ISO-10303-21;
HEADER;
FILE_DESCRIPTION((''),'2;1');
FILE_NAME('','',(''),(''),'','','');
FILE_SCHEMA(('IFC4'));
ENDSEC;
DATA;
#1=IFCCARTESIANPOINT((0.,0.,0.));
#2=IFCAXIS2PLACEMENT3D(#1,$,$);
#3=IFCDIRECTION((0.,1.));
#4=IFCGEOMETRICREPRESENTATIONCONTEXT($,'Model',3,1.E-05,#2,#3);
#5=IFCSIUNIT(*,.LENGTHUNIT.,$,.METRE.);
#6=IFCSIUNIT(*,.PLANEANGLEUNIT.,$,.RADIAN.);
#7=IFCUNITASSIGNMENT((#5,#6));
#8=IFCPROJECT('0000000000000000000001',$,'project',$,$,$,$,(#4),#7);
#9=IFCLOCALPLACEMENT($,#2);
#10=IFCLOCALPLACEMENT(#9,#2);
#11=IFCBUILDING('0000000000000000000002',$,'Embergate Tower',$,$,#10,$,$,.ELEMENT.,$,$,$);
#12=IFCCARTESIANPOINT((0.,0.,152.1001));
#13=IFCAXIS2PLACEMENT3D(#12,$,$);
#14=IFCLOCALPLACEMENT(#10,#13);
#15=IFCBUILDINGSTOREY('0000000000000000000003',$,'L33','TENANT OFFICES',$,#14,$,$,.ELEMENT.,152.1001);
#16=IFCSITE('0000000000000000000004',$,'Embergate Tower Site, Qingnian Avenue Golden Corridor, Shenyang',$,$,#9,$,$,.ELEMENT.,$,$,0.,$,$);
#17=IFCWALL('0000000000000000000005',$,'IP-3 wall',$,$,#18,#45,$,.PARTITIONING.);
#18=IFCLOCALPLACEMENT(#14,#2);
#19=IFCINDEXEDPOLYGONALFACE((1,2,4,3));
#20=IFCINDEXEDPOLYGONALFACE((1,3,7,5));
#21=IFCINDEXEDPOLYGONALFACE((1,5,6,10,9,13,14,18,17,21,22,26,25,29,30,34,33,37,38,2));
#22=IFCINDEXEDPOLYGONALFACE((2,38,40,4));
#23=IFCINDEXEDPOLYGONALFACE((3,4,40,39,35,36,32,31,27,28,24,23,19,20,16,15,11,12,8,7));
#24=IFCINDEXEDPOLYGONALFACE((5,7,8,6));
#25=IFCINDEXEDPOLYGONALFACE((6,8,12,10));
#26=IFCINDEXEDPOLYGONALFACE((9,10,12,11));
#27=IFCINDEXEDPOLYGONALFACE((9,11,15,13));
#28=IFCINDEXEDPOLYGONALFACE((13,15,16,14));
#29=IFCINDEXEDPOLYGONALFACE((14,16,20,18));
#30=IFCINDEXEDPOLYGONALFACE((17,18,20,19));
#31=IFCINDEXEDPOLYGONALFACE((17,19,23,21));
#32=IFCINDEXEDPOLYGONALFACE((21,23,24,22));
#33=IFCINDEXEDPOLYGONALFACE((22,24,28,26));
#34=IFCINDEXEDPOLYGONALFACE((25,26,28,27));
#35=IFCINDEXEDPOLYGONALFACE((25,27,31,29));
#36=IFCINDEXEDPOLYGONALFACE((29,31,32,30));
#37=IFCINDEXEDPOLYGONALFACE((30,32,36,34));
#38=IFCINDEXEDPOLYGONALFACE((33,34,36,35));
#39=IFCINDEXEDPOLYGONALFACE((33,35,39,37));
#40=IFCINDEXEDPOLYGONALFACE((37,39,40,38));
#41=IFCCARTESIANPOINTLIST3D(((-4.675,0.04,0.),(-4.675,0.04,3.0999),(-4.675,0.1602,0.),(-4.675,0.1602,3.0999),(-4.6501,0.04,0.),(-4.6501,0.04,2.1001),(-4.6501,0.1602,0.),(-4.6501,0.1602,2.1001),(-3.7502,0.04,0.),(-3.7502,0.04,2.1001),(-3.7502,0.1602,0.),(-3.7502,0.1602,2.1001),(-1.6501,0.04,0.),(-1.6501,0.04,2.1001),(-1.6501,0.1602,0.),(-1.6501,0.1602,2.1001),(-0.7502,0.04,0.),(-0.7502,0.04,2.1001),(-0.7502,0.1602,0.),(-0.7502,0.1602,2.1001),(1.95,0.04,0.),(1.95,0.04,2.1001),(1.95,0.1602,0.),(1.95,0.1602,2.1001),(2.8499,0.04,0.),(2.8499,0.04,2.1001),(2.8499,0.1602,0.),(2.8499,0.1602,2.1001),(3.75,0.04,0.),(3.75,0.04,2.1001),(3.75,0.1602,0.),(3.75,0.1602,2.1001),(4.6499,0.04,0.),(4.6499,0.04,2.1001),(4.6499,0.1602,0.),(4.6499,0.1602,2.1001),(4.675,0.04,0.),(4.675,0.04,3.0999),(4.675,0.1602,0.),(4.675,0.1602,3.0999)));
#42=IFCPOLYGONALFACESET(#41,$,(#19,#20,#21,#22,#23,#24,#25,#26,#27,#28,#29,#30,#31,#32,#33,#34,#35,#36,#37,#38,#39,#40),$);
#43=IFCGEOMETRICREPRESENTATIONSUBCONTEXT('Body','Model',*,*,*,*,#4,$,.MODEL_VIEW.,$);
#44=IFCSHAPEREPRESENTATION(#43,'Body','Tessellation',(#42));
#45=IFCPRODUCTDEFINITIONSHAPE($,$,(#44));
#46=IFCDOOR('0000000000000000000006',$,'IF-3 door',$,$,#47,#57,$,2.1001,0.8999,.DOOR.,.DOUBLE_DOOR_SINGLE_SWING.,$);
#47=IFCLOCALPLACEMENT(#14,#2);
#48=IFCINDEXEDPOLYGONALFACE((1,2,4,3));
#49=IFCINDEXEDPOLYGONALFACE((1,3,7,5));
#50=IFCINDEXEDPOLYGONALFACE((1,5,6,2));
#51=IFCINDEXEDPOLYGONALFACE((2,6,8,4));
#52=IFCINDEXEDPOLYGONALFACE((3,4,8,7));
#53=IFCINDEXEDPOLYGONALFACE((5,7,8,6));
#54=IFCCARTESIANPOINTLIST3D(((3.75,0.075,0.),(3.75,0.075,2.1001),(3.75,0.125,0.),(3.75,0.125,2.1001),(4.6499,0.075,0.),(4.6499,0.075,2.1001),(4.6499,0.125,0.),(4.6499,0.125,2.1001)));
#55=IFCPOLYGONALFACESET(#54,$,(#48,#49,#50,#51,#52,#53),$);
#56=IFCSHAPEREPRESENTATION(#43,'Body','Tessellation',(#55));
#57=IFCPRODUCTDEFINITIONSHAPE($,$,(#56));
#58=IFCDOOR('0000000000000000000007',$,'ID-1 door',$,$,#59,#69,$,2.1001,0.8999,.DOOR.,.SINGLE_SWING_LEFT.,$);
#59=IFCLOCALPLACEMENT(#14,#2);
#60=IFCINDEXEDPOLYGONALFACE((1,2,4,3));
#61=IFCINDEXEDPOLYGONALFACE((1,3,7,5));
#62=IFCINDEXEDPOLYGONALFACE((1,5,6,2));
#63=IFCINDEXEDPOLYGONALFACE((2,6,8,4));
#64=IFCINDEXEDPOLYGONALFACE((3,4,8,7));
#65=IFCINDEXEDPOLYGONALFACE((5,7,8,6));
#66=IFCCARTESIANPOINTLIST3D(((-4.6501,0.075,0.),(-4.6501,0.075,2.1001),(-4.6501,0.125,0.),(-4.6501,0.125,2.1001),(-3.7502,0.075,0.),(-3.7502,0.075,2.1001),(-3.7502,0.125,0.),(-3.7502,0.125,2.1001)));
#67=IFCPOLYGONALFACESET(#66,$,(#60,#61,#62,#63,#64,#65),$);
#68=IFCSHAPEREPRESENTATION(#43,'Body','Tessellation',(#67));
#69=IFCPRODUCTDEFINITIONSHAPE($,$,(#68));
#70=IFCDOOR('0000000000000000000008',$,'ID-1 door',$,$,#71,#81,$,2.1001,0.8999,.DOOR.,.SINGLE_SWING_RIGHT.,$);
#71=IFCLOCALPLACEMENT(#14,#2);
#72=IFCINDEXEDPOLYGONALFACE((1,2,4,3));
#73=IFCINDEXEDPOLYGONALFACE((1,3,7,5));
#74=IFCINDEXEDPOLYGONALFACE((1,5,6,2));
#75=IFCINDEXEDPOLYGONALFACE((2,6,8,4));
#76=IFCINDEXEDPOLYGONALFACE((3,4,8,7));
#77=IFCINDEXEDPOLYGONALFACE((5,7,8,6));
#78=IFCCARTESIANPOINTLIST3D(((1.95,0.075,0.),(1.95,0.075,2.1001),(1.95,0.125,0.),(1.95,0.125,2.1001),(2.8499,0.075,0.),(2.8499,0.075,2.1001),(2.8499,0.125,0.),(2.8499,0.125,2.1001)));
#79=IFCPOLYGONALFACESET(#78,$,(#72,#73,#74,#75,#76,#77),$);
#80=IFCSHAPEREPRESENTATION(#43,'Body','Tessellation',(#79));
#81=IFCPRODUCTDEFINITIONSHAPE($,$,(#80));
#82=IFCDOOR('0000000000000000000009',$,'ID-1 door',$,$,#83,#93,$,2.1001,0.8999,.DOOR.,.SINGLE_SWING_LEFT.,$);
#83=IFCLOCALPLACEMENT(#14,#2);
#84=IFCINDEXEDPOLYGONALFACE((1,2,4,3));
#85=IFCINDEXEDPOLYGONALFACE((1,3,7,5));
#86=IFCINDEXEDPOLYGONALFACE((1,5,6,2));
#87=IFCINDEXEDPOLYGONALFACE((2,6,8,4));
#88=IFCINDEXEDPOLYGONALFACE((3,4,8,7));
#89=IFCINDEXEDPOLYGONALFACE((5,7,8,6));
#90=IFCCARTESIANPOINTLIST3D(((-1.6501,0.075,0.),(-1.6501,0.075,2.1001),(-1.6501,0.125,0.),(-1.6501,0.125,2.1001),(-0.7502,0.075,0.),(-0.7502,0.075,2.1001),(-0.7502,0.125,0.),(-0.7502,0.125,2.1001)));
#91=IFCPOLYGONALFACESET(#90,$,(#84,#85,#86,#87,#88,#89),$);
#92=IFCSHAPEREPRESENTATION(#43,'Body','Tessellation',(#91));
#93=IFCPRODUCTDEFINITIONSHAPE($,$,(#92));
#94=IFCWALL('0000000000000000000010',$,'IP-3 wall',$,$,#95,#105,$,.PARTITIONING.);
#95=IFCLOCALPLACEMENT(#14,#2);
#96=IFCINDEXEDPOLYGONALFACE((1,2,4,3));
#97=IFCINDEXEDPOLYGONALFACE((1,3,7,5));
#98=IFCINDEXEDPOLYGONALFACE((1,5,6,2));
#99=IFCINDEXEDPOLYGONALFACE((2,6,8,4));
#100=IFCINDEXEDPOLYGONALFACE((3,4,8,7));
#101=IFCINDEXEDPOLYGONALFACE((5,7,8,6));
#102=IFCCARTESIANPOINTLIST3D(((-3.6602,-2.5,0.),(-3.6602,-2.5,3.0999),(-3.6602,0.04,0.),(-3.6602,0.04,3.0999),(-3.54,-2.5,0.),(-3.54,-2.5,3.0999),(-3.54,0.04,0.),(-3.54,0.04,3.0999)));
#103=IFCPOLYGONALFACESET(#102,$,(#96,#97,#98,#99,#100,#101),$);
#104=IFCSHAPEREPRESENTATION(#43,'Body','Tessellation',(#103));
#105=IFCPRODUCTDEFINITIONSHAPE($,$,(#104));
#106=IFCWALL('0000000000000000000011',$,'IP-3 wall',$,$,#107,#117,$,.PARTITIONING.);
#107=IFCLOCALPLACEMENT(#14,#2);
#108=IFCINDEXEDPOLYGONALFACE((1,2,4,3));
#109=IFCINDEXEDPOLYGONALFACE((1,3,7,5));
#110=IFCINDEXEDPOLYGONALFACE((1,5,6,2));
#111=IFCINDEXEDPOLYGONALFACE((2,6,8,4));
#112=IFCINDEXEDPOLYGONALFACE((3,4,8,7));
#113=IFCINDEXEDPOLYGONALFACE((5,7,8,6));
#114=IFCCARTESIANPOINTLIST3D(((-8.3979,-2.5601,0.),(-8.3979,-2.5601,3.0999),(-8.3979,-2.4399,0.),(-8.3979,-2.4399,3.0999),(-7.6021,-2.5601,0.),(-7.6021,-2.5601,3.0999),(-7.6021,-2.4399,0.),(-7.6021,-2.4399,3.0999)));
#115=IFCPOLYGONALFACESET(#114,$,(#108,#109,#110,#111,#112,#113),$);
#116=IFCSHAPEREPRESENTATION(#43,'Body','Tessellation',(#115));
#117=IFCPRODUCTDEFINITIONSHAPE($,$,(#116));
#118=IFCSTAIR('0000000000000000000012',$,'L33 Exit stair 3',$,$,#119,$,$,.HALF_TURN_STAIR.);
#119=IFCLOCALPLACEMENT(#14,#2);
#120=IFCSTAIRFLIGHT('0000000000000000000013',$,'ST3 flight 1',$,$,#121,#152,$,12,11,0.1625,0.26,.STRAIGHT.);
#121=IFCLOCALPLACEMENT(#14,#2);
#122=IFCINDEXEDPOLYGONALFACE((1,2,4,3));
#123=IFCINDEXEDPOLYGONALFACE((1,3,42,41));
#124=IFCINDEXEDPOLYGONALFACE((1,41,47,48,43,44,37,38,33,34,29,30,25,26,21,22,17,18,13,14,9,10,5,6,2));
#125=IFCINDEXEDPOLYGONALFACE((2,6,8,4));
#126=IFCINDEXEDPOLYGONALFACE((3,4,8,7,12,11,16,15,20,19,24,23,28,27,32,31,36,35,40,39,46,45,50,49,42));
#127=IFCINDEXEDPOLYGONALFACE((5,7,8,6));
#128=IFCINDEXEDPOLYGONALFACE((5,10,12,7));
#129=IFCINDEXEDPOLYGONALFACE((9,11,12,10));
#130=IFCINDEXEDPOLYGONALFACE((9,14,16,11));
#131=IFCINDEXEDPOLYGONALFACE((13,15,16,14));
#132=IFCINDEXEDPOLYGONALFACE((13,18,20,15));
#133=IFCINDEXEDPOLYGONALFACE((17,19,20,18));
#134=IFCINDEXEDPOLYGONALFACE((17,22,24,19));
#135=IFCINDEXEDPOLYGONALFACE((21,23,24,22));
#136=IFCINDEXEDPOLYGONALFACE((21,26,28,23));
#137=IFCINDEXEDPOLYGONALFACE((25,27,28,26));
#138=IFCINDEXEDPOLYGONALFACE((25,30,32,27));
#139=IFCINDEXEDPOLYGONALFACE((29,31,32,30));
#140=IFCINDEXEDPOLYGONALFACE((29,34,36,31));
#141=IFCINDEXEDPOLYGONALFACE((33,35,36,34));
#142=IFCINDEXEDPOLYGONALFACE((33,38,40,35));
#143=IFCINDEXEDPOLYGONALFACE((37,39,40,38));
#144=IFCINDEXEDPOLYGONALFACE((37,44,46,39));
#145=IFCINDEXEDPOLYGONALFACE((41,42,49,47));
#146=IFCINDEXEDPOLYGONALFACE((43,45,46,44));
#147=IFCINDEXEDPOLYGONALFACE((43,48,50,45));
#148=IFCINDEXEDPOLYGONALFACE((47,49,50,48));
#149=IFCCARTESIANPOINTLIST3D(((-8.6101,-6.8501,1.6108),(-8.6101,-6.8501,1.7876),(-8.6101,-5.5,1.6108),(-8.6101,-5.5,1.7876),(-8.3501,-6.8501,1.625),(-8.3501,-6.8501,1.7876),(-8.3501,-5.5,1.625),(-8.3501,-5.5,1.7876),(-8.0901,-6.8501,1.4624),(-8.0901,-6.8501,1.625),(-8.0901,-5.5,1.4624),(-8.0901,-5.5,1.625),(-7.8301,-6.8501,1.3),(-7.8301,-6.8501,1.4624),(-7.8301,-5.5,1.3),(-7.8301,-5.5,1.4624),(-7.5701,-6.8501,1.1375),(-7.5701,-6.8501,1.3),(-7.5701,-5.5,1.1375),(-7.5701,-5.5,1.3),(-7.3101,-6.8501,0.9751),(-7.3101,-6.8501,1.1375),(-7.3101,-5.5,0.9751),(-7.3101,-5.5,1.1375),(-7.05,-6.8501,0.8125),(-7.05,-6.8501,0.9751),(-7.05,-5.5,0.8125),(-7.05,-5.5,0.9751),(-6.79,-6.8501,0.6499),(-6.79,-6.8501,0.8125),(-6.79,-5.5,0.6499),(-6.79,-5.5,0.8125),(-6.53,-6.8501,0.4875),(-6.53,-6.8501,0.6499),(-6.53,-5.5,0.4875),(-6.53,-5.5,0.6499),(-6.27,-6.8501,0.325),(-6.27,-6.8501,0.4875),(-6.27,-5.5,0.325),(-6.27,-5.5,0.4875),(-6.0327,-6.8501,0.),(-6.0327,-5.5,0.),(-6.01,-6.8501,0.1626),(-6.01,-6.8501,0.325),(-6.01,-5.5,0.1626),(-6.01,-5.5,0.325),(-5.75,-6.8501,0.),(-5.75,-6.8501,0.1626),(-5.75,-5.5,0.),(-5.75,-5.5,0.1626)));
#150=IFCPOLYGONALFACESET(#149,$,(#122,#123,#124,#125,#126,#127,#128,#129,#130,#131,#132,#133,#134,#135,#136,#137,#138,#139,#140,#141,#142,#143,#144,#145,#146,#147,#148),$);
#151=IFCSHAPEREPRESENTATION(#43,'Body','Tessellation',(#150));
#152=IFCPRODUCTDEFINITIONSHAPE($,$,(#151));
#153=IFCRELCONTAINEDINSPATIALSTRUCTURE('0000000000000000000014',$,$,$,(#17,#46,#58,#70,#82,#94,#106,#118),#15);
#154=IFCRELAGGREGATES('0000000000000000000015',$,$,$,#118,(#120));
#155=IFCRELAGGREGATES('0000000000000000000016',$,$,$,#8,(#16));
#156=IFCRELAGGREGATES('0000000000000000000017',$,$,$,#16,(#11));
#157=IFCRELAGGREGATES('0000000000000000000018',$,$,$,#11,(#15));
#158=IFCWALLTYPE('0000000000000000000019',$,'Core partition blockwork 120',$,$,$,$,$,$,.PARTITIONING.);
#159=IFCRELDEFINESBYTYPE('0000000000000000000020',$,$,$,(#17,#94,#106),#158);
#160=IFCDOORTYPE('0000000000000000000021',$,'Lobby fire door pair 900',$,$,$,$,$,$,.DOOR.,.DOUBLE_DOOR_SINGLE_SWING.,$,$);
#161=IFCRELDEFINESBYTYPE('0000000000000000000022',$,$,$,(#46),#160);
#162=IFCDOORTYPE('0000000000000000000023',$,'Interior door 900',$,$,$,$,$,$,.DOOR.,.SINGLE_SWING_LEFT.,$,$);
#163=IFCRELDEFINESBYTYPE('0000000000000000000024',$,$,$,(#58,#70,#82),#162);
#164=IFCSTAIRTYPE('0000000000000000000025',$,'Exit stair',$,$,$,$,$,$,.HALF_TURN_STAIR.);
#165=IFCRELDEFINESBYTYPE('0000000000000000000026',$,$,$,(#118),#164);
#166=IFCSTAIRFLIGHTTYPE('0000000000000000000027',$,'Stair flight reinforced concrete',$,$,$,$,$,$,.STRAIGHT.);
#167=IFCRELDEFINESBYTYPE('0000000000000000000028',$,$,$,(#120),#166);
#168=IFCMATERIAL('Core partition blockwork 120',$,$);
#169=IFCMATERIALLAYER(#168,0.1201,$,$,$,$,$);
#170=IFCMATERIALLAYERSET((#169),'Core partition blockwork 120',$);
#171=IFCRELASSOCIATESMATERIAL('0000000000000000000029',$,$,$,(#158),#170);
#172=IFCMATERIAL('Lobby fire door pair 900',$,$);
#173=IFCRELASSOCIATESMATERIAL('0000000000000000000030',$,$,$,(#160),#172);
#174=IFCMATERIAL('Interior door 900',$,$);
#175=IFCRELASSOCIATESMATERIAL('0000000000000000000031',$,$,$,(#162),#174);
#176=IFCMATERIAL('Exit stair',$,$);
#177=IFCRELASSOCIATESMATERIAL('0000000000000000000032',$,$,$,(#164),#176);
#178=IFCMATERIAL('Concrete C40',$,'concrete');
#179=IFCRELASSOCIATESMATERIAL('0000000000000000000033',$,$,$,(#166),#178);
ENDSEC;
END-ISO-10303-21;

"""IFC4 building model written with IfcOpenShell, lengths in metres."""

from ifc_helpers import new_model, si_unit, direction, frame, frame_2d, origin, place, context, subcontext, project, spatial, polyline, rectangle, outline, extrude, source, transform, mapped, material, layer, layer_set, type_object, element, fill, aggregate, save


model = new_model("IFC4")

# Units and contexts
model_context = context("Model", 3, precision=1e-05, world=origin(), true_north=direction((0.0, 1.0)))
body_context = subcontext(model_context, "Body", "Model", "MODEL_VIEW")
ifc_project = project(units=[si_unit("LENGTHUNIT", "METRE"), si_unit("PLANEANGLEUNIT", "RADIAN")], contexts=[model_context])

# Site, building, storey
site_placement = place(None, origin())
site = spatial("IfcSite", under=ifc_project, at=site_placement, Name="Embergate Tower Site, Qingnian Avenue Golden Corridor, Shenyang", CompositionType="ELEMENT", RefElevation=0.0)
building_placement = place(site_placement, origin())
building = spatial("IfcBuilding", under=site, at=building_placement, Name="Embergate Tower", CompositionType="ELEMENT")
storey_placement = place(building_placement, frame((0.0, 0.0, 152.1001)))
storey = spatial("IfcBuildingStorey", under=building, at=storey_placement, Name="L33", Description="TENANT OFFICES", CompositionType="ELEMENT", Elevation=152.1001)

# Shared definitions
ifc_material_1 = material(Name="Core partition blockwork 120")
ifc_layer_1 = layer(ifc_material_1, 0.1201)
ifc_layer_set_1 = layer_set([ifc_layer_1], Name="Core partition blockwork 120")
wall_type_1 = type_object("IfcWallType", Name="Core partition blockwork 120", PredefinedType="PARTITIONING", material=ifc_layer_set_1)

# Wall, openings, doors
shared_shape_1 = source(origin(), body_context, "Body", "SweptSolid", [
    extrude(rectangle(XDim=9.3501, YDim=0.1201, at=frame_2d((4.675, 0.0))), origin(), (0.0, 0.0, 1.0), 3.0999),
])
wall_1_placement = place(storey_placement, frame((-4.675, 0.1001, 0.0), z_axis=(0.0, 0.0, 1.0), x_axis=(1.0, 0.0, 0.0)))
wall_1 = element("IfcWall", 1, at=wall_1_placement, inside=storey, type_object=wall_type_1, Name="IP-3 wall", PredefinedType="PARTITIONING", context=body_context, shape_type="MappedRepresentation", body=[
    mapped(shared_shape_1, transform((0.0, 0.0, 0.0))),
])
shared_shape_2 = source(origin(), body_context, "Body", "SweptSolid", [
    extrude(rectangle(XDim=0.8999, YDim=2.1001, at=frame_2d((0.45, 1.05))), frame((0.0, 0.0701, 0.0), z_axis=(0.0, -1.0, 0.0), x_axis=(1.0, 0.0, 0.0)), (0.0, 0.0, 1.0), 0.1401),
])
opening_1_placement = place(wall_1_placement, frame((8.425, 0.0, 0.0)))
opening_1 = element("IfcOpeningElement", 2, at=opening_1_placement, cuts=wall_1, PredefinedType="OPENING", context=body_context, shape_type="MappedRepresentation", body=[
    mapped(shared_shape_2, transform((0.0, 0.0, 0.0))),
])
opening_2_placement = place(wall_1_placement, frame((0.0249, 0.0, 0.0)))
opening_2 = element("IfcOpeningElement", 3, at=opening_2_placement, cuts=wall_1, PredefinedType="OPENING", context=body_context, shape_type="MappedRepresentation", body=[
    mapped(shared_shape_2, transform((0.0, 0.0, 0.0))),
])
opening_3_placement = place(wall_1_placement, frame((6.625, 0.0, 0.0)))
opening_3 = element("IfcOpeningElement", 4, at=opening_3_placement, cuts=wall_1, PredefinedType="OPENING", context=body_context, shape_type="MappedRepresentation", body=[
    mapped(shared_shape_2, transform((0.0, 0.0, 0.0))),
])
opening_4_placement = place(wall_1_placement, frame((3.0249, 0.0, 0.0)))
opening_4 = element("IfcOpeningElement", 5, at=opening_4_placement, cuts=wall_1, PredefinedType="OPENING", context=body_context, shape_type="MappedRepresentation", body=[
    mapped(shared_shape_2, transform((0.0, 0.0, 0.0))),
])
ifc_material_2 = material(Name="Lobby fire door pair 900")
door_type_1 = type_object("IfcDoorType", Name="Lobby fire door pair 900", OperationType="DOUBLE_DOOR_SINGLE_SWING", PredefinedType="DOOR", material=ifc_material_2)
shared_shape_3 = source(origin(), body_context, "Body", "SweptSolid", [
    extrude(rectangle(XDim=0.8999, YDim=2.1001, at=frame_2d((0.45, 1.05))), frame((0.0, 0.0249, 0.0), z_axis=(0.0, -1.0, 0.0), x_axis=(1.0, 0.0, 0.0)), (0.0, 0.0, 1.0), 0.05),
])
door_1_placement = place(opening_1_placement, origin())
door_1 = element("IfcDoor", 6, at=door_1_placement, inside=storey, type_object=door_type_1, Name="IF-3 door", OperationType="DOUBLE_DOOR_SINGLE_SWING", OverallHeight=2.1001, OverallWidth=0.8999, PredefinedType="DOOR", context=body_context, shape_type="MappedRepresentation", body=[
    mapped(shared_shape_3, transform((0.0, 0.0, 0.0))),
])
fill(opening_1, door_1)
ifc_material_3 = material(Name="Interior door 900")
door_type_2 = type_object("IfcDoorType", Name="Interior door 900", OperationType="SINGLE_SWING_LEFT", PredefinedType="DOOR", material=ifc_material_3)
door_2_placement = place(opening_2_placement, origin())
door_2 = element("IfcDoor", 7, at=door_2_placement, inside=storey, type_object=door_type_2, Name="ID-1 door", OperationType="SINGLE_SWING_LEFT", OverallHeight=2.1001, OverallWidth=0.8999, PredefinedType="DOOR", context=body_context, shape_type="MappedRepresentation", body=[
    mapped(shared_shape_3, transform((0.0, 0.0, 0.0))),
])
fill(opening_2, door_2)
door_3_placement = place(opening_3_placement, origin())
door_3 = element("IfcDoor", 8, at=door_3_placement, inside=storey, type_object=door_type_2, Name="ID-1 door", OperationType="SINGLE_SWING_RIGHT", OverallHeight=2.1001, OverallWidth=0.8999, PredefinedType="DOOR", context=body_context, shape_type="MappedRepresentation", body=[
    mapped(shared_shape_3, transform((0.0, 0.0, 0.0))),
])
fill(opening_3, door_3)
door_4_placement = place(opening_4_placement, origin())
door_4 = element("IfcDoor", 9, at=door_4_placement, inside=storey, type_object=door_type_2, Name="ID-1 door", OperationType="SINGLE_SWING_LEFT", OverallHeight=2.1001, OverallWidth=0.8999, PredefinedType="DOOR", context=body_context, shape_type="MappedRepresentation", body=[
    mapped(shared_shape_3, transform((0.0, 0.0, 0.0))),
])
fill(opening_4, door_4)

# Walls
shared_shape_4 = source(origin(), body_context, "Body", "SweptSolid", [
    extrude(rectangle(XDim=2.54, YDim=0.1201, at=frame_2d((1.27, 0.0))), origin(), (0.0, 0.0, 1.0), 3.0999),
])
wall_2_placement = place(storey_placement, frame((-3.6001, -2.5, 0.0), z_axis=(0.0, 0.0, 1.0), x_axis=(0.0, 1.0, 0.0)))
element("IfcWall", 10, at=wall_2_placement, inside=storey, type_object=wall_type_1, Name="IP-3 wall", PredefinedType="PARTITIONING", context=body_context, shape_type="MappedRepresentation", body=[
    mapped(shared_shape_4, transform((0.0, 0.0, 0.0))),
])
shared_shape_5 = source(origin(), body_context, "Body", "SweptSolid", [
    extrude(rectangle(XDim=0.7959, YDim=0.1201, at=frame_2d((0.3979, 0.0))), origin(), (0.0, 0.0, 1.0), 3.0999),
])
wall_3_placement = place(storey_placement, frame((-8.3979, -2.5, 0.0), z_axis=(0.0, 0.0, 1.0), x_axis=(1.0, 0.0, 0.0)))
element("IfcWall", 11, at=wall_3_placement, inside=storey, type_object=wall_type_1, Name="IP-3 wall", PredefinedType="PARTITIONING", context=body_context, shape_type="MappedRepresentation", body=[
    mapped(shared_shape_5, transform((0.0, 0.0, 0.0))),
])

# Stair, stair flight
ifc_material_4 = material(Name="Exit stair")
stair_type = type_object("IfcStairType", Name="Exit stair", PredefinedType="HALF_TURN_STAIR", material=ifc_material_4)
stair_placement = place(storey_placement, origin())
stair = element("IfcStair", 12, at=stair_placement, inside=storey, type_object=stair_type, Name="L33 Exit stair 3", PredefinedType="HALF_TURN_STAIR")
ifc_material_5 = material(Name="Concrete C40", Category="concrete")
stair_flight_type = type_object("IfcStairFlightType", Name="Stair flight reinforced concrete", PredefinedType="STRAIGHT", material=ifc_material_5)
shared_shape_6 = source(origin(), body_context, "Body", "SweptSolid", [
    extrude(outline(polyline([(0.0, 0.0), (0.0, 0.1626), (0.26, 0.1626), (0.26, 0.325), (0.52, 0.325), (0.52, 0.4875), (0.78, 0.4875), (0.78, 0.6499), (1.04, 0.6499), (1.04, 0.8125), (1.3, 0.8125), (1.3, 0.9751), (1.5601, 0.9751), (1.5601, 1.1375), (1.8201, 1.1375), (1.8201, 1.3), (2.0801, 1.3), (2.0801, 1.4624), (2.3401, 1.4624), (2.3401, 1.625), (2.6001, 1.625), (2.6001, 1.7876), (2.8601, 1.7876), (2.8601, 1.95), (2.8601, 1.6108), (0.2827, 0.0), (0.0, 0.0)])), frame((0.0, 0.675, 0.0), z_axis=(0.0, -1.0, 0.0), x_axis=(1.0, 0.0, 0.0)), (0.0, 0.0, 1.0), 1.3501),
])
stair_flight_placement = place(storey_placement, frame((-5.75, -6.175, 0.0), z_axis=(0.0, 0.0, 1.0), x_axis=(-1.0, 0.0, 0.0)))
stair_flight = element("IfcStairFlight", 13, at=stair_flight_placement, type_object=stair_flight_type, Name="ST3 flight 1", NumberOfRisers=12, NumberOfTreads=11, PredefinedType="STRAIGHT", RiserHeight=0.1625, TreadLength=0.26, context=body_context, shape_type="MappedRepresentation", body=[
    mapped(shared_shape_6, transform((0.0, 0.0, 0.0))),
])
aggregate(stair, [stair_flight])

save(model, "model.ifc")
